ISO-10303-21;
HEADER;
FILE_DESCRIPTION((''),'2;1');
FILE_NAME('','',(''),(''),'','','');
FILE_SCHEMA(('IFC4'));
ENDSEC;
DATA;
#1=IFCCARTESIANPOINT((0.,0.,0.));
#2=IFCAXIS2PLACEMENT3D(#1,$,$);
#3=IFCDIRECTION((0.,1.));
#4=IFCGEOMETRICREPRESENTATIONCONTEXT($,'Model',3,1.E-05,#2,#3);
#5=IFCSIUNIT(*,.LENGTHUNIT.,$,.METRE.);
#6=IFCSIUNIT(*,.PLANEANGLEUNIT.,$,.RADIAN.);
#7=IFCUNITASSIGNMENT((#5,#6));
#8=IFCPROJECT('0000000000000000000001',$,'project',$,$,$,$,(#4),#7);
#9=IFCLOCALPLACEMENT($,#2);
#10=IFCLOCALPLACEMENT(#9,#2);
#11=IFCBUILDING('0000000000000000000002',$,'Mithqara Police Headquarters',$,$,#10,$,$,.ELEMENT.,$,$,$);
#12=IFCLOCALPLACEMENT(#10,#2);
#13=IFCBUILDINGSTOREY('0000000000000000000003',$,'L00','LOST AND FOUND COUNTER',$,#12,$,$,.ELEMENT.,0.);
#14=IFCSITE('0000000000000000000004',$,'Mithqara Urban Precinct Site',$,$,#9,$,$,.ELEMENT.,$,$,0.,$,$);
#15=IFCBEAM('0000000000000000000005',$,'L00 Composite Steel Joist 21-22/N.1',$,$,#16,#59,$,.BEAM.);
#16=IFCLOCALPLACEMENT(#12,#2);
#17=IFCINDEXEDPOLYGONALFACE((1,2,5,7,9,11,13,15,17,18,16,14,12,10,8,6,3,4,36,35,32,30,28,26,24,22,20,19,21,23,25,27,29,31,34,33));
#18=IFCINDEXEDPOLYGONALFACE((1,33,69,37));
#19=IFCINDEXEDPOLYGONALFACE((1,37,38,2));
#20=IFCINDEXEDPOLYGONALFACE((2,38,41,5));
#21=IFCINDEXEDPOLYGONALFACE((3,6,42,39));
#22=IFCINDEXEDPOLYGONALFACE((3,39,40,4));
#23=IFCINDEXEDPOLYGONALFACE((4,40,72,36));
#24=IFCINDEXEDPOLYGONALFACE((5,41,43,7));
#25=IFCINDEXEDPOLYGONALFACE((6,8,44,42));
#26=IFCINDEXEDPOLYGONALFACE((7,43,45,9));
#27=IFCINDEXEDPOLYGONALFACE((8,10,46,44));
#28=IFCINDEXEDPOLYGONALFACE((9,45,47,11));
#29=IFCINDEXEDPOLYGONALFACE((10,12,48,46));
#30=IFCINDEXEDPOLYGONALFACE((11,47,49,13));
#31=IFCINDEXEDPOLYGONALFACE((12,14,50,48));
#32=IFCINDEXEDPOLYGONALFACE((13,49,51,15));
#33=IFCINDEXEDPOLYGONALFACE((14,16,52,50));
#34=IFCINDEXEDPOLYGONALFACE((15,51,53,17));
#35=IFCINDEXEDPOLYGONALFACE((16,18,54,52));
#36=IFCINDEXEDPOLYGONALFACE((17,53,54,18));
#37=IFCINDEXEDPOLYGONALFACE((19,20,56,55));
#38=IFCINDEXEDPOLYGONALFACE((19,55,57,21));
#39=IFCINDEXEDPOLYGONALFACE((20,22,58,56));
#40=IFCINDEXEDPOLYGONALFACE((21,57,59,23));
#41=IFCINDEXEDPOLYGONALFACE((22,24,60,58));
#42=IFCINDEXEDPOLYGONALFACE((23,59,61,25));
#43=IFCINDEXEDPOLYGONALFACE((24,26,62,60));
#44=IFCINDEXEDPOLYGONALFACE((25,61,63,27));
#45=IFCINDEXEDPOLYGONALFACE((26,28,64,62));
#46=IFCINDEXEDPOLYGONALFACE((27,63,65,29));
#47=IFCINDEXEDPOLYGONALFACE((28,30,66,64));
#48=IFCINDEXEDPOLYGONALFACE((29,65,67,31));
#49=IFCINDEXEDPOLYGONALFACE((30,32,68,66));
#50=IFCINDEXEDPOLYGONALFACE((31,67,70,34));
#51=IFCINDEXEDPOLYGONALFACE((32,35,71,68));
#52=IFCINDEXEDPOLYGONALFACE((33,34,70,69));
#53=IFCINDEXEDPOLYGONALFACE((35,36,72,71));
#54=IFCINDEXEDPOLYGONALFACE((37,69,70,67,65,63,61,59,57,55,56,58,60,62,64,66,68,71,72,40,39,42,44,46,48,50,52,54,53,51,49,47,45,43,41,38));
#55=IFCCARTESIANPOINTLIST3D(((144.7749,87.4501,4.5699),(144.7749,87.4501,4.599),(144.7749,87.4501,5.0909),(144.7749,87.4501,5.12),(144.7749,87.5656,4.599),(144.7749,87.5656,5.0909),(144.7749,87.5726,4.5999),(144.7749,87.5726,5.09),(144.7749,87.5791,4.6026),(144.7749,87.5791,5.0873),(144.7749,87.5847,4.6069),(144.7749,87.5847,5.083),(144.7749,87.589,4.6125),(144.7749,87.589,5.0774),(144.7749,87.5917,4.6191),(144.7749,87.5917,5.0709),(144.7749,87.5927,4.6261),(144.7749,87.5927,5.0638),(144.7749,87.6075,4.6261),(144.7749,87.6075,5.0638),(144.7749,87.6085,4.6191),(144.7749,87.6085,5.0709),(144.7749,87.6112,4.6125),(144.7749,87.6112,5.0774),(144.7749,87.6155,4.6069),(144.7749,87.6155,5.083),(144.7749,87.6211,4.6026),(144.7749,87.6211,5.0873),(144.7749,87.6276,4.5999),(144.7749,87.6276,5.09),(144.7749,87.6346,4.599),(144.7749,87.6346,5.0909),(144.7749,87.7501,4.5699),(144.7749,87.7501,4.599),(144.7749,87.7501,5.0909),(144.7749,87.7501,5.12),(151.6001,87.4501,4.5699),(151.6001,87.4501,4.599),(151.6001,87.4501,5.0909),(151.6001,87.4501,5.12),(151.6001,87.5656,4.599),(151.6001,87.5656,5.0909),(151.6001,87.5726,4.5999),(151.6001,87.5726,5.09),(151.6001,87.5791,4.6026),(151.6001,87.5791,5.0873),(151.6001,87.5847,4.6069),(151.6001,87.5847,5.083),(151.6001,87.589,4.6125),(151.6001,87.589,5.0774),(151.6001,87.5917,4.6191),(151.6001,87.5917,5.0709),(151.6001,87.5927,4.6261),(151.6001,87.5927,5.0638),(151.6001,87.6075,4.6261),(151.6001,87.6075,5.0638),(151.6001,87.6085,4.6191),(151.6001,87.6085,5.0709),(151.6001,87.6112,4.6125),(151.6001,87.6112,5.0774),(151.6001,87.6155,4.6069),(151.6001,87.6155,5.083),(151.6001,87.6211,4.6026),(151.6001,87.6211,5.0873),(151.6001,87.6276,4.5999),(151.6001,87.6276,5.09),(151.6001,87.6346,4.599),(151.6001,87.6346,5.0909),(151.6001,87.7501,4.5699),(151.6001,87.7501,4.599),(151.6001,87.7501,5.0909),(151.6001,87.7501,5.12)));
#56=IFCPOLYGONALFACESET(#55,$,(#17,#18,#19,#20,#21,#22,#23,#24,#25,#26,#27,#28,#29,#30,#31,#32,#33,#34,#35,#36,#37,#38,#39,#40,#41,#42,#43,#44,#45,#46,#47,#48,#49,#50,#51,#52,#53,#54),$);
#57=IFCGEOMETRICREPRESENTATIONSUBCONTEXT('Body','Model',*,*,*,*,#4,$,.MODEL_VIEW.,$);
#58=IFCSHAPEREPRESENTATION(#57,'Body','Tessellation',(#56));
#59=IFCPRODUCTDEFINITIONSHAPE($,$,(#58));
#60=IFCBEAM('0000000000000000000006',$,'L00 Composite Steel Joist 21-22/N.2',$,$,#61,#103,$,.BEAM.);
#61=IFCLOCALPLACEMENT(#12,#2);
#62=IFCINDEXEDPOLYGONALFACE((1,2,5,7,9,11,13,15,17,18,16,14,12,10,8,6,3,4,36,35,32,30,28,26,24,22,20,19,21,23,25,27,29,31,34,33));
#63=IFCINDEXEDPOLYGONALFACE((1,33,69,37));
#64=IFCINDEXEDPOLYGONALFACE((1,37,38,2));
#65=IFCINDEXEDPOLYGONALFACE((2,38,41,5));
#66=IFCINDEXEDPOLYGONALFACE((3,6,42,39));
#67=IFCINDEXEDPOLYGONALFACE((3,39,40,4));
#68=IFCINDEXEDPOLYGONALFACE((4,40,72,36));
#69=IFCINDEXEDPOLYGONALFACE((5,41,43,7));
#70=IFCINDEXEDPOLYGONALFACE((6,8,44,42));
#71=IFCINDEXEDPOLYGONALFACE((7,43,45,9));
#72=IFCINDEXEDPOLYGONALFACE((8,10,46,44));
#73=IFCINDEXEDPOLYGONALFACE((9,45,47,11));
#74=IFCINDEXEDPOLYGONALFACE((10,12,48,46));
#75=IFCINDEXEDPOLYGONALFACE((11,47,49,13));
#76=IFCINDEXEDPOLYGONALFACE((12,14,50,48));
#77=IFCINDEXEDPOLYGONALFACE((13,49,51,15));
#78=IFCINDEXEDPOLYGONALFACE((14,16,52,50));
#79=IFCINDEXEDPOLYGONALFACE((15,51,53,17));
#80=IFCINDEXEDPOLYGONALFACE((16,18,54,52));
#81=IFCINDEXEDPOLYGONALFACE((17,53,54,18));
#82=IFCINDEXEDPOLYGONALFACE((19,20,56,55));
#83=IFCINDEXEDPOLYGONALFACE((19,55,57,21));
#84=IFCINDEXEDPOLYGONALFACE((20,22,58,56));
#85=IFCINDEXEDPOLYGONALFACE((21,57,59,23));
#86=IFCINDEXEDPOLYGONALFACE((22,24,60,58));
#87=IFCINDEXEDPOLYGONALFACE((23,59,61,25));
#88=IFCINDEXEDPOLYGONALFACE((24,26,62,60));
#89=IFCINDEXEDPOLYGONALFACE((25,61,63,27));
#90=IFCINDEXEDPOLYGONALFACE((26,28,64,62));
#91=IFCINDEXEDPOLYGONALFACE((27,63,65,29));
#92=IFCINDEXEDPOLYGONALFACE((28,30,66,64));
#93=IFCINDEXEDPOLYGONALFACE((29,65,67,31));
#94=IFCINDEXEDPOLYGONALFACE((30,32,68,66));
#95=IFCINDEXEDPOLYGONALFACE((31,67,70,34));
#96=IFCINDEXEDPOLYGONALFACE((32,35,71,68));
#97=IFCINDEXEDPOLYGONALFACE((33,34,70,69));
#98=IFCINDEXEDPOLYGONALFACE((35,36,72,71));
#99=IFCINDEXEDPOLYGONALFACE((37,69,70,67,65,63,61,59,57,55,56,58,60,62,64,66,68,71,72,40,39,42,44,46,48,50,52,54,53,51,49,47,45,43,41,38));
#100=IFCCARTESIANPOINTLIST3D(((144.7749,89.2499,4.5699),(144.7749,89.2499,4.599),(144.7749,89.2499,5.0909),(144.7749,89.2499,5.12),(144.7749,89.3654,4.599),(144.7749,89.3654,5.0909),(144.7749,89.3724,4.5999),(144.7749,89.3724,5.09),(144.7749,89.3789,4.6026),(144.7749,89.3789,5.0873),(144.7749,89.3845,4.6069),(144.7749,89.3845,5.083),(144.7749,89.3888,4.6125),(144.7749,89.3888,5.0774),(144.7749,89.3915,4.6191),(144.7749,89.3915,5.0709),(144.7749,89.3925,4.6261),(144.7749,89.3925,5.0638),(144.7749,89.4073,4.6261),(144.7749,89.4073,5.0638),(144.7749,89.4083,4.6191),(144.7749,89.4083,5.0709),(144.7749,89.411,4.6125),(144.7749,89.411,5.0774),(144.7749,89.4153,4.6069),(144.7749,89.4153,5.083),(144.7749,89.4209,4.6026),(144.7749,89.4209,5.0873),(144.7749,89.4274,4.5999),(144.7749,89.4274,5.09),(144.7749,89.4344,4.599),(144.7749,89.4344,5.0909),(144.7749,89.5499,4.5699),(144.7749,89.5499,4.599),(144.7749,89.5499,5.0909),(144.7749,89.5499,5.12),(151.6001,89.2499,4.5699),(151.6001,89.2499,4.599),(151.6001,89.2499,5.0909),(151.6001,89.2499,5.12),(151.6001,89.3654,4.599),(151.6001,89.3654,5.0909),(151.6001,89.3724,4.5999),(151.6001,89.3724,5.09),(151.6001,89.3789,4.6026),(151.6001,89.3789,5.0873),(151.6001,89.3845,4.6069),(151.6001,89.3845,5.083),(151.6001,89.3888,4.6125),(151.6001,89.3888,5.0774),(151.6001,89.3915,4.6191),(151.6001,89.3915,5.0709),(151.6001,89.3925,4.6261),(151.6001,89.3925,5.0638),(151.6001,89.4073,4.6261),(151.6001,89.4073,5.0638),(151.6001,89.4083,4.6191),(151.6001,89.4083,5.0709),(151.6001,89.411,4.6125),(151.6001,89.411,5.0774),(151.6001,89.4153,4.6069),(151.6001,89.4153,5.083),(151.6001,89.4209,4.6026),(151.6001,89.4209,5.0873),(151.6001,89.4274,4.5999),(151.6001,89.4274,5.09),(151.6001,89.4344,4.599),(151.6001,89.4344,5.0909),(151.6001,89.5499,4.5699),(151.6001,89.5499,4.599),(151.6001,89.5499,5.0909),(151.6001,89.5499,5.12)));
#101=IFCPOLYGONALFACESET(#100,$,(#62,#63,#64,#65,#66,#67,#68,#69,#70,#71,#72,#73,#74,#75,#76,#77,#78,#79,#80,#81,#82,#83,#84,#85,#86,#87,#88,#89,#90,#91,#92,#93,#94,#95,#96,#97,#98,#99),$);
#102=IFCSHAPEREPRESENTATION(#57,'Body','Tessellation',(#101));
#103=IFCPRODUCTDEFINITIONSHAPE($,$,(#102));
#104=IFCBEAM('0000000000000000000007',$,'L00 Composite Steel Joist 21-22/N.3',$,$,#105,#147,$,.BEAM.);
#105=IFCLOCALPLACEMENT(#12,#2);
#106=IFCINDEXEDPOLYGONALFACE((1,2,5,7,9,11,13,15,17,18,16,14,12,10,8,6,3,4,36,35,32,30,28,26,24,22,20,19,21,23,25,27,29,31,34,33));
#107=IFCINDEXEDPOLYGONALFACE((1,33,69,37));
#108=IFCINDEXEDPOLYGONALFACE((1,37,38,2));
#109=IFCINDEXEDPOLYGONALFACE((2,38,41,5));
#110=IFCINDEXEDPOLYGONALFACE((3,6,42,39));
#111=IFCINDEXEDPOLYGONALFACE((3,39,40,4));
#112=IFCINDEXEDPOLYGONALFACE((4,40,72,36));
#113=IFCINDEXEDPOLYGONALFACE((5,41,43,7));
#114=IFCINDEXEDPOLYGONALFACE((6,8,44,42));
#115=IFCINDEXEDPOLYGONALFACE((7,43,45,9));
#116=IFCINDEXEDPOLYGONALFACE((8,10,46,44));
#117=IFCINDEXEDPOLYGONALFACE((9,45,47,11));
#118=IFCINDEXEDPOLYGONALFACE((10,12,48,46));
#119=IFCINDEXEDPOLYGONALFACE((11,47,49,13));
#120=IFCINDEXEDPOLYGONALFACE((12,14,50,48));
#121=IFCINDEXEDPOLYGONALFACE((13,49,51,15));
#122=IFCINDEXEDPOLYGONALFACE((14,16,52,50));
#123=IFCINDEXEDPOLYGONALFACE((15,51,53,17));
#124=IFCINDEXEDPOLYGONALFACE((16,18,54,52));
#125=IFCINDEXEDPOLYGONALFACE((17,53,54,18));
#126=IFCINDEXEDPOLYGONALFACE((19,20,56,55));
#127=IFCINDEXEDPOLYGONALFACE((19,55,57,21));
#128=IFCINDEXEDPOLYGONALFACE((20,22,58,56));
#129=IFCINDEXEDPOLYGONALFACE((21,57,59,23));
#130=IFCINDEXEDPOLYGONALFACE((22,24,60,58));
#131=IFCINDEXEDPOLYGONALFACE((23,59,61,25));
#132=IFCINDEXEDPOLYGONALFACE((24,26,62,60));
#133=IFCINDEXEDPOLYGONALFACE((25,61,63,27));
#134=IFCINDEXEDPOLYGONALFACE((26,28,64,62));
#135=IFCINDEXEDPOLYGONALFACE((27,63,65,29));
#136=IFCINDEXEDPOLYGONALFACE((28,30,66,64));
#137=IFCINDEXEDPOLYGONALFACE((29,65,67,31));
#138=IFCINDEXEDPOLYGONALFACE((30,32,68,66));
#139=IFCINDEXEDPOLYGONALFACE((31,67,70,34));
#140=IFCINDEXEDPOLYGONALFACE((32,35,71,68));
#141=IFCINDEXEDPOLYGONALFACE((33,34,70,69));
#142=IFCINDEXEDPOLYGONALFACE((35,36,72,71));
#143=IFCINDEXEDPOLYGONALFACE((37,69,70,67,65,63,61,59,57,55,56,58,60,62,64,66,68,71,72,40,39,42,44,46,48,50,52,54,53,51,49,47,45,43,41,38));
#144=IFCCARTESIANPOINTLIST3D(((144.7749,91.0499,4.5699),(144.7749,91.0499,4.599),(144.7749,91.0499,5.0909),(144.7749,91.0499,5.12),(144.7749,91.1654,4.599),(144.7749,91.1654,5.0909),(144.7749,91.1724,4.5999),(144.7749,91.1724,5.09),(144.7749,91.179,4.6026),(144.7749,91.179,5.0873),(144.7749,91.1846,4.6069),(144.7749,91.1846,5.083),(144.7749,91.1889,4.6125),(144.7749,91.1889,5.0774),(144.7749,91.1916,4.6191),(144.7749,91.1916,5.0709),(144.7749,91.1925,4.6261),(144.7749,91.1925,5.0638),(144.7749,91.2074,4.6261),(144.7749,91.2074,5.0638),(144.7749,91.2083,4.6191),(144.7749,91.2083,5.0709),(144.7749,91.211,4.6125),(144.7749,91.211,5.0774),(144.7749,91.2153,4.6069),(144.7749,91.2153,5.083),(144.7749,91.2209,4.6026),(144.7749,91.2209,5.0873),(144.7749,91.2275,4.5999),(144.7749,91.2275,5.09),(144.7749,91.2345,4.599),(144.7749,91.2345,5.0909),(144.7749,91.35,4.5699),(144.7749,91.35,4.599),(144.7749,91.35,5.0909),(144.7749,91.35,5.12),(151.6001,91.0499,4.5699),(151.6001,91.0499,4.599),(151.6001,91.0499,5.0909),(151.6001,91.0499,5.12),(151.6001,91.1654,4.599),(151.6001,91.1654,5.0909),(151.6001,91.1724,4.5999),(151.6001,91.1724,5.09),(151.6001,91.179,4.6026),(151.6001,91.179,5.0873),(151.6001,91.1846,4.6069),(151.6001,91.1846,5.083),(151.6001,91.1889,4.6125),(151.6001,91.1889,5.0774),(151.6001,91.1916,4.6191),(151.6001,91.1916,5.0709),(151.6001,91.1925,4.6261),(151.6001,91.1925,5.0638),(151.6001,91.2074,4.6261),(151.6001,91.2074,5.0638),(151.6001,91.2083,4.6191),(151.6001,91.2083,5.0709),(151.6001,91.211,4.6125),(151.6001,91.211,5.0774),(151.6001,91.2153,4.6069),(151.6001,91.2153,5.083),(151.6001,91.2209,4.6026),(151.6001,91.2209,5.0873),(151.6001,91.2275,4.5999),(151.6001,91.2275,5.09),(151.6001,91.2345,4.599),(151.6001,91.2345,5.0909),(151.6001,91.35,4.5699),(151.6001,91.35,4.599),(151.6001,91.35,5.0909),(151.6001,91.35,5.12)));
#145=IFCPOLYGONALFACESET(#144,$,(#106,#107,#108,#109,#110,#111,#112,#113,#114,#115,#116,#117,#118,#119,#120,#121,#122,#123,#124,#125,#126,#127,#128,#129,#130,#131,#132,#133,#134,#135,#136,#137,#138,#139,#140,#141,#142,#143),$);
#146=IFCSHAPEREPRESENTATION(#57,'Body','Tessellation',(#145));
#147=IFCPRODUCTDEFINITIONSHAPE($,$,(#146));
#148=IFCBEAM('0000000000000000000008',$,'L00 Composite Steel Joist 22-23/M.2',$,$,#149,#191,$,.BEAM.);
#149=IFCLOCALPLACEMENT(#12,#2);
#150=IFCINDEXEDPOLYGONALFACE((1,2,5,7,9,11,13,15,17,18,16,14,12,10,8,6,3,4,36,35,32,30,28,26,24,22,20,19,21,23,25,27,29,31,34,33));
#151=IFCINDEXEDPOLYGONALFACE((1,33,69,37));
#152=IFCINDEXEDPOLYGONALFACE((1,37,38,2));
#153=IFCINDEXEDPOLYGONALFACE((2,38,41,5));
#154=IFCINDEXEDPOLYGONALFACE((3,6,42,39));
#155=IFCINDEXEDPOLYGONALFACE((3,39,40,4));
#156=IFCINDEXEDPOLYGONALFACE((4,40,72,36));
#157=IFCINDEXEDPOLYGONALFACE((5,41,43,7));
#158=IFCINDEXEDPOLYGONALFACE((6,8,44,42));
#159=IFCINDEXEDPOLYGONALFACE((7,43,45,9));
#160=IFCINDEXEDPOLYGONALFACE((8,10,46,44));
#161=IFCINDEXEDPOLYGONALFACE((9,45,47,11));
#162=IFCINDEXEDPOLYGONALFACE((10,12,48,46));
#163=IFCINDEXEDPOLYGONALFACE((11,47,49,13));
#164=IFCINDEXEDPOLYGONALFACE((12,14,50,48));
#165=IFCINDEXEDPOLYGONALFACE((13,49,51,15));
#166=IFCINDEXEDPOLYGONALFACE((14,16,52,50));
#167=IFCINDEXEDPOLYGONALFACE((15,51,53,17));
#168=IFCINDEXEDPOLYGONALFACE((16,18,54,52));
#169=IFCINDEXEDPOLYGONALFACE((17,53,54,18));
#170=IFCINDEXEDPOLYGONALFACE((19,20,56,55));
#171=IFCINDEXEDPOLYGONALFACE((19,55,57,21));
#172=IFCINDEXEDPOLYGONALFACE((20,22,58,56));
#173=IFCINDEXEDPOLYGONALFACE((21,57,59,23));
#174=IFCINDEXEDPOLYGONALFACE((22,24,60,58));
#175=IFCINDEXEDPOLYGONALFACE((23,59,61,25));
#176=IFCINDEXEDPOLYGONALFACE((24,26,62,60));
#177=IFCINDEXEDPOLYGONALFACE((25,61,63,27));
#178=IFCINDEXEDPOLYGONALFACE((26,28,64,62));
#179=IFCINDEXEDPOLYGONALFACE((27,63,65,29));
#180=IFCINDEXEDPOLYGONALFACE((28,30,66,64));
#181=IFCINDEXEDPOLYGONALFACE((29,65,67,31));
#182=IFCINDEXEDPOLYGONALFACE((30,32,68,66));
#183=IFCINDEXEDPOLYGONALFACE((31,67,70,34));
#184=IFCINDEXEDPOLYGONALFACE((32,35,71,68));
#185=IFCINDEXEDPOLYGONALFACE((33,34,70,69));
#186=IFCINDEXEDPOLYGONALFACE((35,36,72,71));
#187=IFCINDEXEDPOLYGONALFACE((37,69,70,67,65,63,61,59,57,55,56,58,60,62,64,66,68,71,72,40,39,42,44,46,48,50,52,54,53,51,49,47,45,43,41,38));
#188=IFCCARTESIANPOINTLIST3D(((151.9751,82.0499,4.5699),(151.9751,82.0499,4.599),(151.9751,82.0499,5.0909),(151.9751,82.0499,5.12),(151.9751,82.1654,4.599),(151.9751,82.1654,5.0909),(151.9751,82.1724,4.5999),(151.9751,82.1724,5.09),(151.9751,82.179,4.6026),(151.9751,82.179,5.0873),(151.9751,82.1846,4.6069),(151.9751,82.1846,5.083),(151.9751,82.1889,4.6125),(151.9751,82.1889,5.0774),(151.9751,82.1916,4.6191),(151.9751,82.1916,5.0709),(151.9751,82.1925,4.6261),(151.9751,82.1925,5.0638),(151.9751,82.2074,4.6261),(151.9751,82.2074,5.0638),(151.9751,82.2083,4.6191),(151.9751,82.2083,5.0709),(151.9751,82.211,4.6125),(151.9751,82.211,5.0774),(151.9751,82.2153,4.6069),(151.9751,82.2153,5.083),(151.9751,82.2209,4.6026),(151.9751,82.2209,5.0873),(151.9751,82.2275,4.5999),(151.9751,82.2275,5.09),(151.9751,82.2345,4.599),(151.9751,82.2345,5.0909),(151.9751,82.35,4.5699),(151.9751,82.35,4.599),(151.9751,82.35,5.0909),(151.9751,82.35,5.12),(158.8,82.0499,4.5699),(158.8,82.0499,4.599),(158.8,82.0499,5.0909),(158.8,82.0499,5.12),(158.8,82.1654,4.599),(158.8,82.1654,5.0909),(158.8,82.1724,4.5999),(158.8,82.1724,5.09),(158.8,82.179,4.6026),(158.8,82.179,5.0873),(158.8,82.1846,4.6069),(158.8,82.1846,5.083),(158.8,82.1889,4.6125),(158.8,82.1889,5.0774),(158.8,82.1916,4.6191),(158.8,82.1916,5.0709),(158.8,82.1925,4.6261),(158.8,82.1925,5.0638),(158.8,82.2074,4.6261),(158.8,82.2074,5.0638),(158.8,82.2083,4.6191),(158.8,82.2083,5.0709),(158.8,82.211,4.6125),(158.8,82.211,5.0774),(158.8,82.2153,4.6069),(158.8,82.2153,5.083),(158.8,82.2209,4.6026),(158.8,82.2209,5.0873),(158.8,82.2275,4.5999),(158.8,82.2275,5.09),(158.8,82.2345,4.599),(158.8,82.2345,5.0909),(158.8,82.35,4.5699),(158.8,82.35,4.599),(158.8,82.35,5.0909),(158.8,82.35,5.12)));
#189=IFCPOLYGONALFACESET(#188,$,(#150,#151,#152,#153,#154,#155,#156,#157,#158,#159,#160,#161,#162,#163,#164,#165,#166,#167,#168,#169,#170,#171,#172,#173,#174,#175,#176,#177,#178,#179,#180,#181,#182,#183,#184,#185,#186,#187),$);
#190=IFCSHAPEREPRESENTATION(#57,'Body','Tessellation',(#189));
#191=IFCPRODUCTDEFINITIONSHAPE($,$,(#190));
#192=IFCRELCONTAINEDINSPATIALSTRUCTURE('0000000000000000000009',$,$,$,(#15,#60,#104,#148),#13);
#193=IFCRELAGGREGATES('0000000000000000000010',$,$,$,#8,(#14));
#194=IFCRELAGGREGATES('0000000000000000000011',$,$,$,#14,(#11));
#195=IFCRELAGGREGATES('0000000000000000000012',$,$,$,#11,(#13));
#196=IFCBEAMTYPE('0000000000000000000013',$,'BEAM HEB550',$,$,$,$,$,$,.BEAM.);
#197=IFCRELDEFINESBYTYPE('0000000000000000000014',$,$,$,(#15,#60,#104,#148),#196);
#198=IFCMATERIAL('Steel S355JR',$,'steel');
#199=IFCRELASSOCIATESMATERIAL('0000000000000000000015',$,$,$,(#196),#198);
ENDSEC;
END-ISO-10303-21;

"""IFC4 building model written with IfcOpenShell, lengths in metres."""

from ifc_helpers import new_model, si_unit, direction, frame, origin, origin_2d, place, context, subcontext, project, spatial, i_section, extrude, material, material_profile, profile_set, type_object, element, save


model = new_model("IFC4")

# Units and contexts
model_context = context("Model", 3, precision=1e-05, world=origin(), true_north=direction((0.0, 1.0)))
body_context = subcontext(model_context, "Body", "Model", "MODEL_VIEW")
ifc_project = project(units=[si_unit("LENGTHUNIT", "METRE"), si_unit("PLANEANGLEUNIT", "RADIAN")], contexts=[model_context])

# Site, building, storey
site_placement = place(None, origin())
site = spatial("IfcSite", under=ifc_project, at=site_placement, Name="Mithqara Urban Precinct Site", CompositionType="ELEMENT", RefElevation=0.0)
building_placement = place(site_placement, origin())
building = spatial("IfcBuilding", under=site, at=building_placement, Name="Mithqara Police Headquarters", CompositionType="ELEMENT")
storey_placement = place(building_placement, origin())
storey = spatial("IfcBuildingStorey", under=building, at=storey_placement, Name="L00", Description="LOST AND FOUND COUNTER", CompositionType="ELEMENT", Elevation=0.0)

# Beams
ifc_material_1 = material(Name="Steel S355JR", Category="steel")
ifc_material_profile_1 = material_profile(ifc_material_1, i_section(OverallWidth=0.3, OverallDepth=0.55, WebThickness=0.0149, FlangeThickness=0.0291, FilletRadius=0.0271, at=origin_2d()), Name="HEB 550")
ifc_profile_set_1 = profile_set([ifc_material_profile_1], Name="Steel S355JR")
beam_type_1 = type_object("IfcBeamType", Name="BEAM HEB550", PredefinedType="BEAM", material=ifc_profile_set_1)
for number, where, z_axis, x_axis, name in (
    (1, (144.7749, 87.6001, 4.845), (1.0, 0.0, 0.0), (0.0, 1.0, 0.0), "L00 Composite Steel Joist 21-22/N.1"),
    (2, (144.7749, 89.3999, 4.845), (1.0, 0.0, 0.0), (0.0, 1.0, 0.0), "L00 Composite Steel Joist 21-22/N.2"),
    (3, (144.7749, 91.2, 4.845), (1.0, 0.0, 0.0), (0.0, 1.0, 0.0), "L00 Composite Steel Joist 21-22/N.3"),
):
    element("IfcBeam", number, at=place(storey_placement, frame(where, z_axis=z_axis, x_axis=x_axis)), inside=storey, type_object=beam_type_1, Name=name, PredefinedType="BEAM", context=body_context, shape_type="SweptSolid", body=[
        extrude(i_section(OverallWidth=0.3, OverallDepth=0.55, WebThickness=0.0149, FlangeThickness=0.0291, FilletRadius=0.0271, at=origin_2d()), origin(), (0.0, 0.0, 1.0), 6.8252),
    ])
for number, where, z_axis, x_axis, name in (
    (4, (151.9751, 82.2, 4.845), (1.0, 0.0, 0.0), (0.0, 1.0, 0.0), "L00 Composite Steel Joist 22-23/M.2"),
):
    element("IfcBeam", number, at=place(storey_placement, frame(where, z_axis=z_axis, x_axis=x_axis)), inside=storey, type_object=beam_type_1, Name=name, PredefinedType="BEAM", context=body_context, shape_type="SweptSolid", body=[
        extrude(i_section(OverallWidth=0.3, OverallDepth=0.55, WebThickness=0.0149, FlangeThickness=0.0291, FilletRadius=0.0271, at=origin_2d()), origin(), (0.0, 0.0, 1.0), 6.825),
    ])

save(model, "model.ifc")
